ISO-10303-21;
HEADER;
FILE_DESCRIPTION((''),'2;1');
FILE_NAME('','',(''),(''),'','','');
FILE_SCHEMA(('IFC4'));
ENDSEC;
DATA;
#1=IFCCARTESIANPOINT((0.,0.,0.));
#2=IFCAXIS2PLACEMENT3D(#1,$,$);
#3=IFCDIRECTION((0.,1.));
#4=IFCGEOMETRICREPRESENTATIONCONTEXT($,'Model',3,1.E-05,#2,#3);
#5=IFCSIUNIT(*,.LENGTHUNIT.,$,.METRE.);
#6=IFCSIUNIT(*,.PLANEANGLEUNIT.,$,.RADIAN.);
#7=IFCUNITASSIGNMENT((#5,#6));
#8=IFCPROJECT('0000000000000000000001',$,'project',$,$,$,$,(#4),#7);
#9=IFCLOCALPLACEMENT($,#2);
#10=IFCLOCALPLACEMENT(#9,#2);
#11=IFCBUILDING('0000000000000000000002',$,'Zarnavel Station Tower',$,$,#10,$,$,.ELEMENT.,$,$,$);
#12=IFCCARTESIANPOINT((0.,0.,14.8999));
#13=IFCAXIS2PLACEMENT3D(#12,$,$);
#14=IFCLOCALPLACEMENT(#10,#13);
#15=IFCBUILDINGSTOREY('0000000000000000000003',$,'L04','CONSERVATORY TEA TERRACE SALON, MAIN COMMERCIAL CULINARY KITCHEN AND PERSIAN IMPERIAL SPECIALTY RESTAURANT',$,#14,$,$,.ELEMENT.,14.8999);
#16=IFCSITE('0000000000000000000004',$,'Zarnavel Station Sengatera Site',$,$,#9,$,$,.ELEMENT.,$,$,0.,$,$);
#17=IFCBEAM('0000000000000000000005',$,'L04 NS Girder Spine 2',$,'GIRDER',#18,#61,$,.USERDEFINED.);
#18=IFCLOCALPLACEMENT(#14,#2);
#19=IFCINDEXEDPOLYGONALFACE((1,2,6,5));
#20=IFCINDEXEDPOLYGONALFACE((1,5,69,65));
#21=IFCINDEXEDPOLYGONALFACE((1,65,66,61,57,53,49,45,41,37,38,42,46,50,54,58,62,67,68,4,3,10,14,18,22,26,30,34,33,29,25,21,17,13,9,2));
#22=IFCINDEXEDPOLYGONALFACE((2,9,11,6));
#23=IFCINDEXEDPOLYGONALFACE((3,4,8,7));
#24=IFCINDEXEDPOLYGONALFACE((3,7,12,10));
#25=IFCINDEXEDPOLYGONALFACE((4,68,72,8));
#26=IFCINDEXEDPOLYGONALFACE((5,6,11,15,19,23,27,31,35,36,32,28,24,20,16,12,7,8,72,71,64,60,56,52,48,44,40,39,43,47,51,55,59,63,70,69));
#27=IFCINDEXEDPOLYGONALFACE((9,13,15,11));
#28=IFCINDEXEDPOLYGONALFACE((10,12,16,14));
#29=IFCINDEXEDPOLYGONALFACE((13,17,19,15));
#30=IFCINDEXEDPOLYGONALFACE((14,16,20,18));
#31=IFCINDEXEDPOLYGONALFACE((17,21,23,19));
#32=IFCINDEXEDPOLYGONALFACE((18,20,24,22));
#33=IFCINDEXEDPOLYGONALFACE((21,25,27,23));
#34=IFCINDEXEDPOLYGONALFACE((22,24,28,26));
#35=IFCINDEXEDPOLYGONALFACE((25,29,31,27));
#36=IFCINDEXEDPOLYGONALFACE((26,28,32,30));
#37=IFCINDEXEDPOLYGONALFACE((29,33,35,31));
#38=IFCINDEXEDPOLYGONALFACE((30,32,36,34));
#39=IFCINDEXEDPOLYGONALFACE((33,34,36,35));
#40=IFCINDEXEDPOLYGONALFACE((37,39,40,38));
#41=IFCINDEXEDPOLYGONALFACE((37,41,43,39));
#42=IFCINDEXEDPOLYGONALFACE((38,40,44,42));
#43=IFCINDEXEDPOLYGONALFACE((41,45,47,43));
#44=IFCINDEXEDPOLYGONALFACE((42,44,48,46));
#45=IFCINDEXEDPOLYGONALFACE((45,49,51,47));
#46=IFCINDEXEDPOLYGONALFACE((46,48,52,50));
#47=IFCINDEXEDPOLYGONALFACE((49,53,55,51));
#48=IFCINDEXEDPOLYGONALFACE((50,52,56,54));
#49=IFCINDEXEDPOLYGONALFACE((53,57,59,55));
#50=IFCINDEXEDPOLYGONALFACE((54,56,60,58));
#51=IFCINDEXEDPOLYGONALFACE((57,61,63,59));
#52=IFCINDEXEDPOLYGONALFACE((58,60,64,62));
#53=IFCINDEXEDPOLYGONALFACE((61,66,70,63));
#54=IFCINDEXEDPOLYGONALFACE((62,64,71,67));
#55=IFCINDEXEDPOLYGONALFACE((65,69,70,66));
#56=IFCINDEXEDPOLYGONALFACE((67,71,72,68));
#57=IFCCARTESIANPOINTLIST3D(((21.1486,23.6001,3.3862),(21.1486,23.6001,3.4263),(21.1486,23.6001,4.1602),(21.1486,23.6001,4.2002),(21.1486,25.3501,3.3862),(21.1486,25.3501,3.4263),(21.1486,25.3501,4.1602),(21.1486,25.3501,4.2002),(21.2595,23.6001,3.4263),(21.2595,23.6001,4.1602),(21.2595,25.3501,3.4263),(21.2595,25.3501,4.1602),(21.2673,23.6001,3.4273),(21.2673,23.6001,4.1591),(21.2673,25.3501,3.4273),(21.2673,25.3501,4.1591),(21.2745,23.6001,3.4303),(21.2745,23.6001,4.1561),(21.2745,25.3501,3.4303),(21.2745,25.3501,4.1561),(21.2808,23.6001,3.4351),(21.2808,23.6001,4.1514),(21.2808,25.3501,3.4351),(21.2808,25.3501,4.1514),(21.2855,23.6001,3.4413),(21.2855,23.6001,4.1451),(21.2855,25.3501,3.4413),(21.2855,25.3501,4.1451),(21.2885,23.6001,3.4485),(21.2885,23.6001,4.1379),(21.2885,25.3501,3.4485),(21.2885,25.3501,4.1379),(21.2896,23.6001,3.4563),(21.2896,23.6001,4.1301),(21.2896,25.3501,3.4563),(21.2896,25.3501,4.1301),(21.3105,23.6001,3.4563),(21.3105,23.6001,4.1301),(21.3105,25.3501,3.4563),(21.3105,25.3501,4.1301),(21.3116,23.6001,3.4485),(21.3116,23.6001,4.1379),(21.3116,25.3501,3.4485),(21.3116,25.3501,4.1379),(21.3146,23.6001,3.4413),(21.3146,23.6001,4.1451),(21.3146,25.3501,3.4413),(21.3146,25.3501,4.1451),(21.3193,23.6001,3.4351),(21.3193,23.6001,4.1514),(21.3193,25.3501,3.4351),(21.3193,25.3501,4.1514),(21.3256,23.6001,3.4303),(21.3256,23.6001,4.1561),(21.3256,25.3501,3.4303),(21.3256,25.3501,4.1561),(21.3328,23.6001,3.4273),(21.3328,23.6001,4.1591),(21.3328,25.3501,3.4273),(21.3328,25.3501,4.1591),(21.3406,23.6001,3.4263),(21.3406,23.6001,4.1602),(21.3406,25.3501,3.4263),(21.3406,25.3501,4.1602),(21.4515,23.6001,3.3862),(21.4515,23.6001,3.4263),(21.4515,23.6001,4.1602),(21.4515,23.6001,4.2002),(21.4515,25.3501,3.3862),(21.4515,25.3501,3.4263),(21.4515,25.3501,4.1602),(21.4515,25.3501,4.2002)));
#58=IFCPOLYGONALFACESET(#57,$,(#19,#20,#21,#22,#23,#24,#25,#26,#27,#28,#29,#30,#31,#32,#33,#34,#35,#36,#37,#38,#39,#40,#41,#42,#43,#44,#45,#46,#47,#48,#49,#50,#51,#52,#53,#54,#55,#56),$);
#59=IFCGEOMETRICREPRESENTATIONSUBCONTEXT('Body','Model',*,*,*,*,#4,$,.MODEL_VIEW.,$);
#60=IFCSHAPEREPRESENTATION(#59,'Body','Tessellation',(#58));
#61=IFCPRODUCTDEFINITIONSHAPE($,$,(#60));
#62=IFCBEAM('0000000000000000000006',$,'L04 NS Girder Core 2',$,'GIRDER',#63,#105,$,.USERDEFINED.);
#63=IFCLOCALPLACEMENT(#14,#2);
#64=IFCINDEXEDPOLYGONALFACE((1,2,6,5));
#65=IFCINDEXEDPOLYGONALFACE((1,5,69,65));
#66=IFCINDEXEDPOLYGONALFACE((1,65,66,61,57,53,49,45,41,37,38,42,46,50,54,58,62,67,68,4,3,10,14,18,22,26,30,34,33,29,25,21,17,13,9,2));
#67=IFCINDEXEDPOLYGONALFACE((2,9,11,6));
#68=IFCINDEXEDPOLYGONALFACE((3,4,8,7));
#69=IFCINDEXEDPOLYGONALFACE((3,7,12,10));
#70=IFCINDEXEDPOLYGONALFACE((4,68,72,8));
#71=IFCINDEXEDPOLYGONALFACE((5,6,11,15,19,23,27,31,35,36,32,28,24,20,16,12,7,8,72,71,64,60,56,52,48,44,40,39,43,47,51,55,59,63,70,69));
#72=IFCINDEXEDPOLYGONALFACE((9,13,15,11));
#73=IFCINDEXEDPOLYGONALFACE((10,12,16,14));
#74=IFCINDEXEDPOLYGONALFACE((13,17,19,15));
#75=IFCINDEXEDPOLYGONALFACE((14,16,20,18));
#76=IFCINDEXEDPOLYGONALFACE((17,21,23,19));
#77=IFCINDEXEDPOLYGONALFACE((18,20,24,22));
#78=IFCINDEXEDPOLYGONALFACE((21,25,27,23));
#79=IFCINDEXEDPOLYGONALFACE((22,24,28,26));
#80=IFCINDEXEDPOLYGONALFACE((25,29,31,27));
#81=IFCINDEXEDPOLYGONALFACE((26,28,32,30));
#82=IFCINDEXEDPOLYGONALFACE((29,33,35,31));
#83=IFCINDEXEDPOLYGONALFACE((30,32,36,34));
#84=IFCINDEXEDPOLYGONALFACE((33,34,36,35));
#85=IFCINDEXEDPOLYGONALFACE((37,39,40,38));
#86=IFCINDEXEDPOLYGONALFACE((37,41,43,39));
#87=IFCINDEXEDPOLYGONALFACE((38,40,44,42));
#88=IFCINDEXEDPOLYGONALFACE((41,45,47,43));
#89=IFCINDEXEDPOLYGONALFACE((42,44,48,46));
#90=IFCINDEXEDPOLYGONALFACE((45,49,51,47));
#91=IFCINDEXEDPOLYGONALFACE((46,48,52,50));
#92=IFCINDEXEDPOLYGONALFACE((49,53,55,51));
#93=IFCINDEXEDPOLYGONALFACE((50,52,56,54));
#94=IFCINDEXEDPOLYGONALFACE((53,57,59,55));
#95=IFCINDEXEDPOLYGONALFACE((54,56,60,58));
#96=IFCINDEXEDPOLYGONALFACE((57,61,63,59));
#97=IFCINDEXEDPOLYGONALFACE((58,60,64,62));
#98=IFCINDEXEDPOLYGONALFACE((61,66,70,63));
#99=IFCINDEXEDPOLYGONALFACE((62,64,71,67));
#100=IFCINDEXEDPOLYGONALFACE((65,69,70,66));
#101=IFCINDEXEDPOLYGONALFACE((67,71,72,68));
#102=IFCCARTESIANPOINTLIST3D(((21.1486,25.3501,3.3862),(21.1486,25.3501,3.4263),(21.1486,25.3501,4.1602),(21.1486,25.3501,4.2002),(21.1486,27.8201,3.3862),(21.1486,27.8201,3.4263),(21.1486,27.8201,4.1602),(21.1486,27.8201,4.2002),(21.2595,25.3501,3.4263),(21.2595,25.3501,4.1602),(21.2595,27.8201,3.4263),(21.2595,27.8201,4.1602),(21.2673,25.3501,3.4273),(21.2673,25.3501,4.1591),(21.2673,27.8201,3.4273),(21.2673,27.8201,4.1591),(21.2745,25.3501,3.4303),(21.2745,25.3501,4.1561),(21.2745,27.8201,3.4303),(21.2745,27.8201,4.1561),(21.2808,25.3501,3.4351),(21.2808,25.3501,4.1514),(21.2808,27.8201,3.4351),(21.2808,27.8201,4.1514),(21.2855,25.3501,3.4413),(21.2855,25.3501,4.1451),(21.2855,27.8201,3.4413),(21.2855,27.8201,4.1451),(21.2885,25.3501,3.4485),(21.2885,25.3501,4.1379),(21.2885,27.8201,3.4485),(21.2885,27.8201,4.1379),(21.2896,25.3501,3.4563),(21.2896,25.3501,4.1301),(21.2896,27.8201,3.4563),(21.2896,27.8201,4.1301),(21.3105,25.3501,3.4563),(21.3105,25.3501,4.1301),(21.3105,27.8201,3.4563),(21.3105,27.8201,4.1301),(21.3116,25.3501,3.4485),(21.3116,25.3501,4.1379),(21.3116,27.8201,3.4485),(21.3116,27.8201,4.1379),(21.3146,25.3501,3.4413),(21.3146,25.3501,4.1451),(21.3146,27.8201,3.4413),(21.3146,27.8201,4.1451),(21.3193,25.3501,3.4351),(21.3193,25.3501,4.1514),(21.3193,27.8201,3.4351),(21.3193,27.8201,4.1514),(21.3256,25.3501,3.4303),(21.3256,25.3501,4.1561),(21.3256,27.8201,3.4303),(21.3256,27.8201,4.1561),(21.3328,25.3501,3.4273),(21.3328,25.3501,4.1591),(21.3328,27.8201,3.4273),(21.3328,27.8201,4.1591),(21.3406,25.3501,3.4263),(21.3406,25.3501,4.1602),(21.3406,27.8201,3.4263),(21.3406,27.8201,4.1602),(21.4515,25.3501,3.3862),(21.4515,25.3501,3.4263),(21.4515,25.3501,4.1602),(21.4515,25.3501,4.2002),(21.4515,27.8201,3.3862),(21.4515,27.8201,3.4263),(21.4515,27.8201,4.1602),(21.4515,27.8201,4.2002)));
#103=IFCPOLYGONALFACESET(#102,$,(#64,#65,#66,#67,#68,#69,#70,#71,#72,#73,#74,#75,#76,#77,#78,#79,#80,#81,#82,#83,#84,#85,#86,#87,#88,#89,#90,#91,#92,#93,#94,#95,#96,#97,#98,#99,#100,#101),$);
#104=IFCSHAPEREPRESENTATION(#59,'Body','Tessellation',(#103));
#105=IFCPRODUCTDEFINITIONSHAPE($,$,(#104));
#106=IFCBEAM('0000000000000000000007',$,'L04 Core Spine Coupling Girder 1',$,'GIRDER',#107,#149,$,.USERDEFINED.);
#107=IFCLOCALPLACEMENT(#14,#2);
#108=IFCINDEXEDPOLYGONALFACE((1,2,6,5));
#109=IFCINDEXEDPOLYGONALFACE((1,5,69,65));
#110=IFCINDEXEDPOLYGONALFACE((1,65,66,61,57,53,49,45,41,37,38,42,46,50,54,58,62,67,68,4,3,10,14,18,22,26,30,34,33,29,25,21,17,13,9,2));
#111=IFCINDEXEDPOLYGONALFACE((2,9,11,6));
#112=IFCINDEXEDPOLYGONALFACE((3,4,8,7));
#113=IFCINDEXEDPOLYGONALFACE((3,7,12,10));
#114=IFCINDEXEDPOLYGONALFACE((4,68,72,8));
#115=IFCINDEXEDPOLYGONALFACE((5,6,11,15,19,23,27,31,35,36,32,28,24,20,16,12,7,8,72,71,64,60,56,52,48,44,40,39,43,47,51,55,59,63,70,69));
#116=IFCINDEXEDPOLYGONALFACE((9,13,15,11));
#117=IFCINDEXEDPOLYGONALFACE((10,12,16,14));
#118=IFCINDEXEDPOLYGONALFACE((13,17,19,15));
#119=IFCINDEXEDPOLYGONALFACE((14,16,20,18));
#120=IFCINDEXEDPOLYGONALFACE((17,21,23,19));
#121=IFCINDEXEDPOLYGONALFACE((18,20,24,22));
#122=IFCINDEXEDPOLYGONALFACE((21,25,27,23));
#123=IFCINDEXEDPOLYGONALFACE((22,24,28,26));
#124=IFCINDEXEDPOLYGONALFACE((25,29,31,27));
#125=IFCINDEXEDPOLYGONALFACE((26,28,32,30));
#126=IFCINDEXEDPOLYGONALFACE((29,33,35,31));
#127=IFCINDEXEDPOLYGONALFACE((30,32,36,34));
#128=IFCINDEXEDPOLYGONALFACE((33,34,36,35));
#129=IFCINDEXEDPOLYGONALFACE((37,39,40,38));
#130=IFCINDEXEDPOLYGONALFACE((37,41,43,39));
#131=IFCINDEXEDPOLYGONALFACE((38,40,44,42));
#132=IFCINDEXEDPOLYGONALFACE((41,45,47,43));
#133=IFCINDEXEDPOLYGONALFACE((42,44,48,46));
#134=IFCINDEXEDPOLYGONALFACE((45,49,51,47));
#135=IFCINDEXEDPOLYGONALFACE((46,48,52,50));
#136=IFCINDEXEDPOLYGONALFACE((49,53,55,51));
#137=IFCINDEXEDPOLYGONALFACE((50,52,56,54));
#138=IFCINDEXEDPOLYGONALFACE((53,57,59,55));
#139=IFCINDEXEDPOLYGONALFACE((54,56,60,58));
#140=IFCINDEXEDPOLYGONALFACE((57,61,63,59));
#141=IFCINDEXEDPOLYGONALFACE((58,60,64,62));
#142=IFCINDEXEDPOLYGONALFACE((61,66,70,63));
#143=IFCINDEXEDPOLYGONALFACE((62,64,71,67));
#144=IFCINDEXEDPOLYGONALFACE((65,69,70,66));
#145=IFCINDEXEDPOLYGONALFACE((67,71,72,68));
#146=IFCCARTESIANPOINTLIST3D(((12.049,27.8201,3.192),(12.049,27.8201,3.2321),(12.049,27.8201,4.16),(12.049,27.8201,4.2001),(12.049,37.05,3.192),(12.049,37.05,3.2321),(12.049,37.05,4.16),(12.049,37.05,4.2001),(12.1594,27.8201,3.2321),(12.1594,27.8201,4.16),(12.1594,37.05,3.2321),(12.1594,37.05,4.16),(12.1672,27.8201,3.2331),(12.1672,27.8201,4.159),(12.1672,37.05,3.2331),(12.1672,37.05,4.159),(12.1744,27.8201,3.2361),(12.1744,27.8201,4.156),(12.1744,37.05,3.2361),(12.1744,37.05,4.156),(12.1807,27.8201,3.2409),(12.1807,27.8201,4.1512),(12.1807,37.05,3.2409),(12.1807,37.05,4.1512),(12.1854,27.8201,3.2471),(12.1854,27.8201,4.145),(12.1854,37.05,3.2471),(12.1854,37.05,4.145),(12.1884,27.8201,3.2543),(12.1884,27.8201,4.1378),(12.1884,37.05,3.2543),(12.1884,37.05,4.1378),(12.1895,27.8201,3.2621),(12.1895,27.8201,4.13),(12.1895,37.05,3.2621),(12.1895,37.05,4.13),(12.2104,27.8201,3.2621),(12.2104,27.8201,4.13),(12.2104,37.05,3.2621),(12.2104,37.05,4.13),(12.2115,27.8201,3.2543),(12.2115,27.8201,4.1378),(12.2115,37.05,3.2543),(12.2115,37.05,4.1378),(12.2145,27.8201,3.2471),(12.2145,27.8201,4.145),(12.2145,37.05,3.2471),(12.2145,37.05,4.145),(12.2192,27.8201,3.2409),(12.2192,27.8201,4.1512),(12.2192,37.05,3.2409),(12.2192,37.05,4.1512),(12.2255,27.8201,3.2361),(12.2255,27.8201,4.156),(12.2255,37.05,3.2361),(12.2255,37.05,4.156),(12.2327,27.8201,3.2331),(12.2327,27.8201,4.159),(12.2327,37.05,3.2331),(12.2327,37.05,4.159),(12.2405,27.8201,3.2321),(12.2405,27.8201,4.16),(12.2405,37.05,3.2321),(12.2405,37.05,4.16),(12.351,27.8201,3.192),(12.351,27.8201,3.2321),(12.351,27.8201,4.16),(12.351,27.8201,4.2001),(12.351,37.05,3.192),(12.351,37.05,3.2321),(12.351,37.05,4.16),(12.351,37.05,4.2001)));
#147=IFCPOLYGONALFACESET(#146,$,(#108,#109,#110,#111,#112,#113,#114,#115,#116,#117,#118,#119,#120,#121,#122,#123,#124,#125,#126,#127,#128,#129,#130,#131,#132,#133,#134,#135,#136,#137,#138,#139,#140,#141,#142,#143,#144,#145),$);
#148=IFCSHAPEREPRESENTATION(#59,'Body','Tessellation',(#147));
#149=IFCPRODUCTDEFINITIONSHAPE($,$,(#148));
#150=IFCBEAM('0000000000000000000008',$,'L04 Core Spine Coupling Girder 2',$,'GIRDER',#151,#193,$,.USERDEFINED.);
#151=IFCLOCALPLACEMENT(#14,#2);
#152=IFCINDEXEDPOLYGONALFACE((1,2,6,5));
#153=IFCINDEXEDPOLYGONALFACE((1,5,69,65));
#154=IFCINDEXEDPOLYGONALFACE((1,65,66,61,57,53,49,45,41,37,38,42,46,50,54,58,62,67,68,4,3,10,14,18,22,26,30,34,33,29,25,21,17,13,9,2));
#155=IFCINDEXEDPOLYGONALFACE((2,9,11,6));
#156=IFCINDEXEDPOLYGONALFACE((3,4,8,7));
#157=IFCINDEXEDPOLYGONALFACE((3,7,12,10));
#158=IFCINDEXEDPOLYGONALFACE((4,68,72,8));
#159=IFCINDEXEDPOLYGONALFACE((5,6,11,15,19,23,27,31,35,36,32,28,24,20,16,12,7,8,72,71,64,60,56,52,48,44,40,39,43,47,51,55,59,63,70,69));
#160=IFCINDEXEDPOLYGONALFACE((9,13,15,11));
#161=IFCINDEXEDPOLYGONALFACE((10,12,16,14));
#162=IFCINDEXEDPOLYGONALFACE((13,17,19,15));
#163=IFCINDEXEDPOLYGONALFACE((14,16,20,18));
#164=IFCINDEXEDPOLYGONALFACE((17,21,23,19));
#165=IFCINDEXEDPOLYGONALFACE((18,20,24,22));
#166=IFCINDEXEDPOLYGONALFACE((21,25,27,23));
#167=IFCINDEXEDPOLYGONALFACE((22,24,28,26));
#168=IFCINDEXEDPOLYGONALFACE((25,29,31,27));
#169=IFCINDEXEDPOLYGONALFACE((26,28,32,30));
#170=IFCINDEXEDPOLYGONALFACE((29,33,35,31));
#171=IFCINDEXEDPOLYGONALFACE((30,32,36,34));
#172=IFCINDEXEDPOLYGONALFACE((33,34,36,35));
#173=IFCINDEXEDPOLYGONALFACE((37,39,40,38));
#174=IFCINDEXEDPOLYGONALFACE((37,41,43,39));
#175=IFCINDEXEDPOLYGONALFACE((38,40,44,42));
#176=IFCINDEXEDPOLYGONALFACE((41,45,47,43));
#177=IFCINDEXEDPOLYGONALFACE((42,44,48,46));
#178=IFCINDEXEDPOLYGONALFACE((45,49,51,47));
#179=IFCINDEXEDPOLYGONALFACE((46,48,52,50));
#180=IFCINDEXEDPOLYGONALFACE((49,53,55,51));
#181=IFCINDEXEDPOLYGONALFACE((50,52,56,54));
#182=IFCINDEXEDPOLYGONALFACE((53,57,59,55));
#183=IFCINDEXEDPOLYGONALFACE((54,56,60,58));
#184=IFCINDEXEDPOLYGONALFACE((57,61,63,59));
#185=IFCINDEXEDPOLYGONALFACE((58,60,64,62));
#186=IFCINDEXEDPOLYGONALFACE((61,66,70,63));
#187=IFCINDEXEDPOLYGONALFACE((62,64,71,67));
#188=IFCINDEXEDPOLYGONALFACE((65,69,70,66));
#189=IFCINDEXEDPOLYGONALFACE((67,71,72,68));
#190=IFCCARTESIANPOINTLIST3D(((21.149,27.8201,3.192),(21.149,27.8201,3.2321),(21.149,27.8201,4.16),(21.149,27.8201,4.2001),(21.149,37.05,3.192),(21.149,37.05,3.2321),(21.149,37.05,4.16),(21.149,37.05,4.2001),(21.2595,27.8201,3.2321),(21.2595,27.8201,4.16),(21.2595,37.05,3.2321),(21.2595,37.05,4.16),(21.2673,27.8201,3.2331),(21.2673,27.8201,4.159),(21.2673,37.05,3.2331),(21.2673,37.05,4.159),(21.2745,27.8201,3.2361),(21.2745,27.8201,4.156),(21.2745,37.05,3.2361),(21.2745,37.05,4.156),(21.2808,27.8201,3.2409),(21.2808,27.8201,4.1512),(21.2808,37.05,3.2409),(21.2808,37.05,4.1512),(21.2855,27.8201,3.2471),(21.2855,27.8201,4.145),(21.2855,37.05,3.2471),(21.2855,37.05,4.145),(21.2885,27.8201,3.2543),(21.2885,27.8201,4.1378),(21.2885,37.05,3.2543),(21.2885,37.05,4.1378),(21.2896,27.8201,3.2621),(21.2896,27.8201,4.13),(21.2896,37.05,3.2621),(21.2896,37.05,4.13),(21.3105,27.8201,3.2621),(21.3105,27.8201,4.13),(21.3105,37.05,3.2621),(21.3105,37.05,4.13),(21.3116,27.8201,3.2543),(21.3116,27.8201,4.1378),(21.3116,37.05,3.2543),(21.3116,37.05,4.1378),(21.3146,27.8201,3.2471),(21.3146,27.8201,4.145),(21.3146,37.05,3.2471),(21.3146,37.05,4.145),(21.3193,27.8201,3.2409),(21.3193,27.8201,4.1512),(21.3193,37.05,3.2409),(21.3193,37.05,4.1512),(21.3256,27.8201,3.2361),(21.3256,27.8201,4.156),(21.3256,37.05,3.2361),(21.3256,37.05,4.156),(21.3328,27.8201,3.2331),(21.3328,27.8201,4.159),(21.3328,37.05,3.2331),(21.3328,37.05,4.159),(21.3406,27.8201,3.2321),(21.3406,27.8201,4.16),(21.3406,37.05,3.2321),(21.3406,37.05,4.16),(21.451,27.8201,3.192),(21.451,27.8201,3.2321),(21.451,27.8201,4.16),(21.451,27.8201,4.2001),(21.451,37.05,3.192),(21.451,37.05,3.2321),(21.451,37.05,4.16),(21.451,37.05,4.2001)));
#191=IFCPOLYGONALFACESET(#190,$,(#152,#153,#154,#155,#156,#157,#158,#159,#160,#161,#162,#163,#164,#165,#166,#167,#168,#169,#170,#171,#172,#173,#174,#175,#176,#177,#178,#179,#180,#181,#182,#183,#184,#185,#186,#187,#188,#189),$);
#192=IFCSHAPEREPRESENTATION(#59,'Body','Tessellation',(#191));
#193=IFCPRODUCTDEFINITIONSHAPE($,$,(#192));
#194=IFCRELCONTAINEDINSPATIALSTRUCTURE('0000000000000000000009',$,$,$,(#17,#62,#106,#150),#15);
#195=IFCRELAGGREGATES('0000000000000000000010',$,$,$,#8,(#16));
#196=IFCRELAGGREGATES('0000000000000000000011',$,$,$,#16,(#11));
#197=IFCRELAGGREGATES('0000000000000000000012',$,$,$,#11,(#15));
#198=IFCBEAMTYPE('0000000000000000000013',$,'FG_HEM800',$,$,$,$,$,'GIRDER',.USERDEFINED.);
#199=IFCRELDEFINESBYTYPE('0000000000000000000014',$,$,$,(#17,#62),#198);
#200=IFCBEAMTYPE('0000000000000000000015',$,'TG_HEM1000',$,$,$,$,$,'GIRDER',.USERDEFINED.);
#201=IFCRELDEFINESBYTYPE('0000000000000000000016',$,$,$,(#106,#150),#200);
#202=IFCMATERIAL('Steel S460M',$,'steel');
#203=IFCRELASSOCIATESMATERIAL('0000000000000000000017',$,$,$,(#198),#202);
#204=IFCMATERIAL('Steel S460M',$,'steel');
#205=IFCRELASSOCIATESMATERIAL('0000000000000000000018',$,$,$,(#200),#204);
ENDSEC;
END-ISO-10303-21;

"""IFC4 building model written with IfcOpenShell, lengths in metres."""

from ifc_helpers import new_model, si_unit, direction, frame, origin, origin_2d, place, context, subcontext, project, spatial, i_section, extrude, material, material_profile, profile_set, type_object, element, save


model = new_model("IFC4")

# Units and contexts
model_context = context("Model", 3, precision=1e-05, world=origin(), true_north=direction((0.0, 1.0)))
body_context = subcontext(model_context, "Body", "Model", "MODEL_VIEW")
ifc_project = project(units=[si_unit("LENGTHUNIT", "METRE"), si_unit("PLANEANGLEUNIT", "RADIAN")], contexts=[model_context])

# Site, building, storey
site_placement = place(None, origin())
site = spatial("IfcSite", under=ifc_project, at=site_placement, Name="Zarnavel Station Sengatera Site", CompositionType="ELEMENT", RefElevation=0.0)
building_placement = place(site_placement, origin())
building = spatial("IfcBuilding", under=site, at=building_placement, Name="Zarnavel Station Tower", CompositionType="ELEMENT")
storey_placement = place(building_placement, frame((0.0, 0.0, 14.8999)))
storey = spatial("IfcBuildingStorey", under=building, at=storey_placement, Name="L04", Description="CONSERVATORY TEA TERRACE SALON, MAIN COMMERCIAL CULINARY KITCHEN AND PERSIAN IMPERIAL SPECIALTY RESTAURANT", CompositionType="ELEMENT", Elevation=14.8999)

# Beams
ifc_material_1 = material(Name="Steel S460M", Category="steel")
ifc_material_profile_1 = material_profile(ifc_material_1, i_section(OverallWidth=0.303, OverallDepth=0.814, WebThickness=0.021, FlangeThickness=0.04, FilletRadius=0.03, at=origin_2d()), Name="HEM800")
ifc_profile_set_1 = profile_set([ifc_material_profile_1], Name="Steel S460M")
beam_type_1 = type_object("IfcBeamType", Name="FG_HEM800", ElementType="GIRDER", PredefinedType="USERDEFINED", material=ifc_profile_set_1)
beam_1_placement = place(storey_placement, frame((21.3, 23.6001, 3.7932), z_axis=(0.0, 1.0, 0.0), x_axis=(-1.0, 0.0, 0.0)))
element("IfcBeam", 1, at=beam_1_placement, inside=storey, type_object=beam_type_1, Name="L04 NS Girder Spine 2", ObjectType="GIRDER", PredefinedType="USERDEFINED", context=body_context, shape_type="SweptSolid", body=[
    extrude(i_section(OverallWidth=0.303, OverallDepth=0.814, WebThickness=0.021, FlangeThickness=0.04, FilletRadius=0.03, at=origin_2d()), origin(), (0.0, 0.0, 1.0), 1.75),
])
beam_2_placement = place(storey_placement, frame((21.3, 25.3501, 3.7932), z_axis=(0.0, 1.0, 0.0), x_axis=(-1.0, 0.0, 0.0)))
element("IfcBeam", 2, at=beam_2_placement, inside=storey, type_object=beam_type_1, Name="L04 NS Girder Core 2", ObjectType="GIRDER", PredefinedType="USERDEFINED", context=body_context, shape_type="SweptSolid", body=[
    extrude(i_section(OverallWidth=0.303, OverallDepth=0.814, WebThickness=0.021, FlangeThickness=0.04, FilletRadius=0.03, at=origin_2d()), origin(), (0.0, 0.0, 1.0), 2.47),
])
ifc_material_2 = material(Name="Steel S460M", Category="steel")
ifc_material_profile_2 = material_profile(ifc_material_2, i_section(OverallWidth=0.302, OverallDepth=1.0081, WebThickness=0.021, FlangeThickness=0.04, FilletRadius=0.03, at=origin_2d()), Name="HEM1000")
ifc_profile_set_2 = profile_set([ifc_material_profile_2], Name="Steel S460M")
beam_type_2 = type_object("IfcBeamType", Name="TG_HEM1000", ElementType="GIRDER", PredefinedType="USERDEFINED", material=ifc_profile_set_2)
for number, where, z_axis, x_axis, name in (
    (3, (12.2, 27.8201, 3.696), (0.0, 1.0, 0.0), (-1.0, 0.0, 0.0), "L04 Core Spine Coupling Girder 1"),
    (4, (21.3, 27.8201, 3.696), (0.0, 1.0, 0.0), (-1.0, 0.0, 0.0), "L04 Core Spine Coupling Girder 2"),
):
    element("IfcBeam", number, at=place(storey_placement, frame(where, z_axis=z_axis, x_axis=x_axis)), inside=storey, type_object=beam_type_2, Name=name, ObjectType="GIRDER", PredefinedType="USERDEFINED", context=body_context, shape_type="SweptSolid", body=[
        extrude(i_section(OverallWidth=0.302, OverallDepth=1.0081, WebThickness=0.021, FlangeThickness=0.04, FilletRadius=0.03, at=origin_2d()), origin(), (0.0, 0.0, 1.0), 9.23),
    ])

save(model, "model.ifc")
